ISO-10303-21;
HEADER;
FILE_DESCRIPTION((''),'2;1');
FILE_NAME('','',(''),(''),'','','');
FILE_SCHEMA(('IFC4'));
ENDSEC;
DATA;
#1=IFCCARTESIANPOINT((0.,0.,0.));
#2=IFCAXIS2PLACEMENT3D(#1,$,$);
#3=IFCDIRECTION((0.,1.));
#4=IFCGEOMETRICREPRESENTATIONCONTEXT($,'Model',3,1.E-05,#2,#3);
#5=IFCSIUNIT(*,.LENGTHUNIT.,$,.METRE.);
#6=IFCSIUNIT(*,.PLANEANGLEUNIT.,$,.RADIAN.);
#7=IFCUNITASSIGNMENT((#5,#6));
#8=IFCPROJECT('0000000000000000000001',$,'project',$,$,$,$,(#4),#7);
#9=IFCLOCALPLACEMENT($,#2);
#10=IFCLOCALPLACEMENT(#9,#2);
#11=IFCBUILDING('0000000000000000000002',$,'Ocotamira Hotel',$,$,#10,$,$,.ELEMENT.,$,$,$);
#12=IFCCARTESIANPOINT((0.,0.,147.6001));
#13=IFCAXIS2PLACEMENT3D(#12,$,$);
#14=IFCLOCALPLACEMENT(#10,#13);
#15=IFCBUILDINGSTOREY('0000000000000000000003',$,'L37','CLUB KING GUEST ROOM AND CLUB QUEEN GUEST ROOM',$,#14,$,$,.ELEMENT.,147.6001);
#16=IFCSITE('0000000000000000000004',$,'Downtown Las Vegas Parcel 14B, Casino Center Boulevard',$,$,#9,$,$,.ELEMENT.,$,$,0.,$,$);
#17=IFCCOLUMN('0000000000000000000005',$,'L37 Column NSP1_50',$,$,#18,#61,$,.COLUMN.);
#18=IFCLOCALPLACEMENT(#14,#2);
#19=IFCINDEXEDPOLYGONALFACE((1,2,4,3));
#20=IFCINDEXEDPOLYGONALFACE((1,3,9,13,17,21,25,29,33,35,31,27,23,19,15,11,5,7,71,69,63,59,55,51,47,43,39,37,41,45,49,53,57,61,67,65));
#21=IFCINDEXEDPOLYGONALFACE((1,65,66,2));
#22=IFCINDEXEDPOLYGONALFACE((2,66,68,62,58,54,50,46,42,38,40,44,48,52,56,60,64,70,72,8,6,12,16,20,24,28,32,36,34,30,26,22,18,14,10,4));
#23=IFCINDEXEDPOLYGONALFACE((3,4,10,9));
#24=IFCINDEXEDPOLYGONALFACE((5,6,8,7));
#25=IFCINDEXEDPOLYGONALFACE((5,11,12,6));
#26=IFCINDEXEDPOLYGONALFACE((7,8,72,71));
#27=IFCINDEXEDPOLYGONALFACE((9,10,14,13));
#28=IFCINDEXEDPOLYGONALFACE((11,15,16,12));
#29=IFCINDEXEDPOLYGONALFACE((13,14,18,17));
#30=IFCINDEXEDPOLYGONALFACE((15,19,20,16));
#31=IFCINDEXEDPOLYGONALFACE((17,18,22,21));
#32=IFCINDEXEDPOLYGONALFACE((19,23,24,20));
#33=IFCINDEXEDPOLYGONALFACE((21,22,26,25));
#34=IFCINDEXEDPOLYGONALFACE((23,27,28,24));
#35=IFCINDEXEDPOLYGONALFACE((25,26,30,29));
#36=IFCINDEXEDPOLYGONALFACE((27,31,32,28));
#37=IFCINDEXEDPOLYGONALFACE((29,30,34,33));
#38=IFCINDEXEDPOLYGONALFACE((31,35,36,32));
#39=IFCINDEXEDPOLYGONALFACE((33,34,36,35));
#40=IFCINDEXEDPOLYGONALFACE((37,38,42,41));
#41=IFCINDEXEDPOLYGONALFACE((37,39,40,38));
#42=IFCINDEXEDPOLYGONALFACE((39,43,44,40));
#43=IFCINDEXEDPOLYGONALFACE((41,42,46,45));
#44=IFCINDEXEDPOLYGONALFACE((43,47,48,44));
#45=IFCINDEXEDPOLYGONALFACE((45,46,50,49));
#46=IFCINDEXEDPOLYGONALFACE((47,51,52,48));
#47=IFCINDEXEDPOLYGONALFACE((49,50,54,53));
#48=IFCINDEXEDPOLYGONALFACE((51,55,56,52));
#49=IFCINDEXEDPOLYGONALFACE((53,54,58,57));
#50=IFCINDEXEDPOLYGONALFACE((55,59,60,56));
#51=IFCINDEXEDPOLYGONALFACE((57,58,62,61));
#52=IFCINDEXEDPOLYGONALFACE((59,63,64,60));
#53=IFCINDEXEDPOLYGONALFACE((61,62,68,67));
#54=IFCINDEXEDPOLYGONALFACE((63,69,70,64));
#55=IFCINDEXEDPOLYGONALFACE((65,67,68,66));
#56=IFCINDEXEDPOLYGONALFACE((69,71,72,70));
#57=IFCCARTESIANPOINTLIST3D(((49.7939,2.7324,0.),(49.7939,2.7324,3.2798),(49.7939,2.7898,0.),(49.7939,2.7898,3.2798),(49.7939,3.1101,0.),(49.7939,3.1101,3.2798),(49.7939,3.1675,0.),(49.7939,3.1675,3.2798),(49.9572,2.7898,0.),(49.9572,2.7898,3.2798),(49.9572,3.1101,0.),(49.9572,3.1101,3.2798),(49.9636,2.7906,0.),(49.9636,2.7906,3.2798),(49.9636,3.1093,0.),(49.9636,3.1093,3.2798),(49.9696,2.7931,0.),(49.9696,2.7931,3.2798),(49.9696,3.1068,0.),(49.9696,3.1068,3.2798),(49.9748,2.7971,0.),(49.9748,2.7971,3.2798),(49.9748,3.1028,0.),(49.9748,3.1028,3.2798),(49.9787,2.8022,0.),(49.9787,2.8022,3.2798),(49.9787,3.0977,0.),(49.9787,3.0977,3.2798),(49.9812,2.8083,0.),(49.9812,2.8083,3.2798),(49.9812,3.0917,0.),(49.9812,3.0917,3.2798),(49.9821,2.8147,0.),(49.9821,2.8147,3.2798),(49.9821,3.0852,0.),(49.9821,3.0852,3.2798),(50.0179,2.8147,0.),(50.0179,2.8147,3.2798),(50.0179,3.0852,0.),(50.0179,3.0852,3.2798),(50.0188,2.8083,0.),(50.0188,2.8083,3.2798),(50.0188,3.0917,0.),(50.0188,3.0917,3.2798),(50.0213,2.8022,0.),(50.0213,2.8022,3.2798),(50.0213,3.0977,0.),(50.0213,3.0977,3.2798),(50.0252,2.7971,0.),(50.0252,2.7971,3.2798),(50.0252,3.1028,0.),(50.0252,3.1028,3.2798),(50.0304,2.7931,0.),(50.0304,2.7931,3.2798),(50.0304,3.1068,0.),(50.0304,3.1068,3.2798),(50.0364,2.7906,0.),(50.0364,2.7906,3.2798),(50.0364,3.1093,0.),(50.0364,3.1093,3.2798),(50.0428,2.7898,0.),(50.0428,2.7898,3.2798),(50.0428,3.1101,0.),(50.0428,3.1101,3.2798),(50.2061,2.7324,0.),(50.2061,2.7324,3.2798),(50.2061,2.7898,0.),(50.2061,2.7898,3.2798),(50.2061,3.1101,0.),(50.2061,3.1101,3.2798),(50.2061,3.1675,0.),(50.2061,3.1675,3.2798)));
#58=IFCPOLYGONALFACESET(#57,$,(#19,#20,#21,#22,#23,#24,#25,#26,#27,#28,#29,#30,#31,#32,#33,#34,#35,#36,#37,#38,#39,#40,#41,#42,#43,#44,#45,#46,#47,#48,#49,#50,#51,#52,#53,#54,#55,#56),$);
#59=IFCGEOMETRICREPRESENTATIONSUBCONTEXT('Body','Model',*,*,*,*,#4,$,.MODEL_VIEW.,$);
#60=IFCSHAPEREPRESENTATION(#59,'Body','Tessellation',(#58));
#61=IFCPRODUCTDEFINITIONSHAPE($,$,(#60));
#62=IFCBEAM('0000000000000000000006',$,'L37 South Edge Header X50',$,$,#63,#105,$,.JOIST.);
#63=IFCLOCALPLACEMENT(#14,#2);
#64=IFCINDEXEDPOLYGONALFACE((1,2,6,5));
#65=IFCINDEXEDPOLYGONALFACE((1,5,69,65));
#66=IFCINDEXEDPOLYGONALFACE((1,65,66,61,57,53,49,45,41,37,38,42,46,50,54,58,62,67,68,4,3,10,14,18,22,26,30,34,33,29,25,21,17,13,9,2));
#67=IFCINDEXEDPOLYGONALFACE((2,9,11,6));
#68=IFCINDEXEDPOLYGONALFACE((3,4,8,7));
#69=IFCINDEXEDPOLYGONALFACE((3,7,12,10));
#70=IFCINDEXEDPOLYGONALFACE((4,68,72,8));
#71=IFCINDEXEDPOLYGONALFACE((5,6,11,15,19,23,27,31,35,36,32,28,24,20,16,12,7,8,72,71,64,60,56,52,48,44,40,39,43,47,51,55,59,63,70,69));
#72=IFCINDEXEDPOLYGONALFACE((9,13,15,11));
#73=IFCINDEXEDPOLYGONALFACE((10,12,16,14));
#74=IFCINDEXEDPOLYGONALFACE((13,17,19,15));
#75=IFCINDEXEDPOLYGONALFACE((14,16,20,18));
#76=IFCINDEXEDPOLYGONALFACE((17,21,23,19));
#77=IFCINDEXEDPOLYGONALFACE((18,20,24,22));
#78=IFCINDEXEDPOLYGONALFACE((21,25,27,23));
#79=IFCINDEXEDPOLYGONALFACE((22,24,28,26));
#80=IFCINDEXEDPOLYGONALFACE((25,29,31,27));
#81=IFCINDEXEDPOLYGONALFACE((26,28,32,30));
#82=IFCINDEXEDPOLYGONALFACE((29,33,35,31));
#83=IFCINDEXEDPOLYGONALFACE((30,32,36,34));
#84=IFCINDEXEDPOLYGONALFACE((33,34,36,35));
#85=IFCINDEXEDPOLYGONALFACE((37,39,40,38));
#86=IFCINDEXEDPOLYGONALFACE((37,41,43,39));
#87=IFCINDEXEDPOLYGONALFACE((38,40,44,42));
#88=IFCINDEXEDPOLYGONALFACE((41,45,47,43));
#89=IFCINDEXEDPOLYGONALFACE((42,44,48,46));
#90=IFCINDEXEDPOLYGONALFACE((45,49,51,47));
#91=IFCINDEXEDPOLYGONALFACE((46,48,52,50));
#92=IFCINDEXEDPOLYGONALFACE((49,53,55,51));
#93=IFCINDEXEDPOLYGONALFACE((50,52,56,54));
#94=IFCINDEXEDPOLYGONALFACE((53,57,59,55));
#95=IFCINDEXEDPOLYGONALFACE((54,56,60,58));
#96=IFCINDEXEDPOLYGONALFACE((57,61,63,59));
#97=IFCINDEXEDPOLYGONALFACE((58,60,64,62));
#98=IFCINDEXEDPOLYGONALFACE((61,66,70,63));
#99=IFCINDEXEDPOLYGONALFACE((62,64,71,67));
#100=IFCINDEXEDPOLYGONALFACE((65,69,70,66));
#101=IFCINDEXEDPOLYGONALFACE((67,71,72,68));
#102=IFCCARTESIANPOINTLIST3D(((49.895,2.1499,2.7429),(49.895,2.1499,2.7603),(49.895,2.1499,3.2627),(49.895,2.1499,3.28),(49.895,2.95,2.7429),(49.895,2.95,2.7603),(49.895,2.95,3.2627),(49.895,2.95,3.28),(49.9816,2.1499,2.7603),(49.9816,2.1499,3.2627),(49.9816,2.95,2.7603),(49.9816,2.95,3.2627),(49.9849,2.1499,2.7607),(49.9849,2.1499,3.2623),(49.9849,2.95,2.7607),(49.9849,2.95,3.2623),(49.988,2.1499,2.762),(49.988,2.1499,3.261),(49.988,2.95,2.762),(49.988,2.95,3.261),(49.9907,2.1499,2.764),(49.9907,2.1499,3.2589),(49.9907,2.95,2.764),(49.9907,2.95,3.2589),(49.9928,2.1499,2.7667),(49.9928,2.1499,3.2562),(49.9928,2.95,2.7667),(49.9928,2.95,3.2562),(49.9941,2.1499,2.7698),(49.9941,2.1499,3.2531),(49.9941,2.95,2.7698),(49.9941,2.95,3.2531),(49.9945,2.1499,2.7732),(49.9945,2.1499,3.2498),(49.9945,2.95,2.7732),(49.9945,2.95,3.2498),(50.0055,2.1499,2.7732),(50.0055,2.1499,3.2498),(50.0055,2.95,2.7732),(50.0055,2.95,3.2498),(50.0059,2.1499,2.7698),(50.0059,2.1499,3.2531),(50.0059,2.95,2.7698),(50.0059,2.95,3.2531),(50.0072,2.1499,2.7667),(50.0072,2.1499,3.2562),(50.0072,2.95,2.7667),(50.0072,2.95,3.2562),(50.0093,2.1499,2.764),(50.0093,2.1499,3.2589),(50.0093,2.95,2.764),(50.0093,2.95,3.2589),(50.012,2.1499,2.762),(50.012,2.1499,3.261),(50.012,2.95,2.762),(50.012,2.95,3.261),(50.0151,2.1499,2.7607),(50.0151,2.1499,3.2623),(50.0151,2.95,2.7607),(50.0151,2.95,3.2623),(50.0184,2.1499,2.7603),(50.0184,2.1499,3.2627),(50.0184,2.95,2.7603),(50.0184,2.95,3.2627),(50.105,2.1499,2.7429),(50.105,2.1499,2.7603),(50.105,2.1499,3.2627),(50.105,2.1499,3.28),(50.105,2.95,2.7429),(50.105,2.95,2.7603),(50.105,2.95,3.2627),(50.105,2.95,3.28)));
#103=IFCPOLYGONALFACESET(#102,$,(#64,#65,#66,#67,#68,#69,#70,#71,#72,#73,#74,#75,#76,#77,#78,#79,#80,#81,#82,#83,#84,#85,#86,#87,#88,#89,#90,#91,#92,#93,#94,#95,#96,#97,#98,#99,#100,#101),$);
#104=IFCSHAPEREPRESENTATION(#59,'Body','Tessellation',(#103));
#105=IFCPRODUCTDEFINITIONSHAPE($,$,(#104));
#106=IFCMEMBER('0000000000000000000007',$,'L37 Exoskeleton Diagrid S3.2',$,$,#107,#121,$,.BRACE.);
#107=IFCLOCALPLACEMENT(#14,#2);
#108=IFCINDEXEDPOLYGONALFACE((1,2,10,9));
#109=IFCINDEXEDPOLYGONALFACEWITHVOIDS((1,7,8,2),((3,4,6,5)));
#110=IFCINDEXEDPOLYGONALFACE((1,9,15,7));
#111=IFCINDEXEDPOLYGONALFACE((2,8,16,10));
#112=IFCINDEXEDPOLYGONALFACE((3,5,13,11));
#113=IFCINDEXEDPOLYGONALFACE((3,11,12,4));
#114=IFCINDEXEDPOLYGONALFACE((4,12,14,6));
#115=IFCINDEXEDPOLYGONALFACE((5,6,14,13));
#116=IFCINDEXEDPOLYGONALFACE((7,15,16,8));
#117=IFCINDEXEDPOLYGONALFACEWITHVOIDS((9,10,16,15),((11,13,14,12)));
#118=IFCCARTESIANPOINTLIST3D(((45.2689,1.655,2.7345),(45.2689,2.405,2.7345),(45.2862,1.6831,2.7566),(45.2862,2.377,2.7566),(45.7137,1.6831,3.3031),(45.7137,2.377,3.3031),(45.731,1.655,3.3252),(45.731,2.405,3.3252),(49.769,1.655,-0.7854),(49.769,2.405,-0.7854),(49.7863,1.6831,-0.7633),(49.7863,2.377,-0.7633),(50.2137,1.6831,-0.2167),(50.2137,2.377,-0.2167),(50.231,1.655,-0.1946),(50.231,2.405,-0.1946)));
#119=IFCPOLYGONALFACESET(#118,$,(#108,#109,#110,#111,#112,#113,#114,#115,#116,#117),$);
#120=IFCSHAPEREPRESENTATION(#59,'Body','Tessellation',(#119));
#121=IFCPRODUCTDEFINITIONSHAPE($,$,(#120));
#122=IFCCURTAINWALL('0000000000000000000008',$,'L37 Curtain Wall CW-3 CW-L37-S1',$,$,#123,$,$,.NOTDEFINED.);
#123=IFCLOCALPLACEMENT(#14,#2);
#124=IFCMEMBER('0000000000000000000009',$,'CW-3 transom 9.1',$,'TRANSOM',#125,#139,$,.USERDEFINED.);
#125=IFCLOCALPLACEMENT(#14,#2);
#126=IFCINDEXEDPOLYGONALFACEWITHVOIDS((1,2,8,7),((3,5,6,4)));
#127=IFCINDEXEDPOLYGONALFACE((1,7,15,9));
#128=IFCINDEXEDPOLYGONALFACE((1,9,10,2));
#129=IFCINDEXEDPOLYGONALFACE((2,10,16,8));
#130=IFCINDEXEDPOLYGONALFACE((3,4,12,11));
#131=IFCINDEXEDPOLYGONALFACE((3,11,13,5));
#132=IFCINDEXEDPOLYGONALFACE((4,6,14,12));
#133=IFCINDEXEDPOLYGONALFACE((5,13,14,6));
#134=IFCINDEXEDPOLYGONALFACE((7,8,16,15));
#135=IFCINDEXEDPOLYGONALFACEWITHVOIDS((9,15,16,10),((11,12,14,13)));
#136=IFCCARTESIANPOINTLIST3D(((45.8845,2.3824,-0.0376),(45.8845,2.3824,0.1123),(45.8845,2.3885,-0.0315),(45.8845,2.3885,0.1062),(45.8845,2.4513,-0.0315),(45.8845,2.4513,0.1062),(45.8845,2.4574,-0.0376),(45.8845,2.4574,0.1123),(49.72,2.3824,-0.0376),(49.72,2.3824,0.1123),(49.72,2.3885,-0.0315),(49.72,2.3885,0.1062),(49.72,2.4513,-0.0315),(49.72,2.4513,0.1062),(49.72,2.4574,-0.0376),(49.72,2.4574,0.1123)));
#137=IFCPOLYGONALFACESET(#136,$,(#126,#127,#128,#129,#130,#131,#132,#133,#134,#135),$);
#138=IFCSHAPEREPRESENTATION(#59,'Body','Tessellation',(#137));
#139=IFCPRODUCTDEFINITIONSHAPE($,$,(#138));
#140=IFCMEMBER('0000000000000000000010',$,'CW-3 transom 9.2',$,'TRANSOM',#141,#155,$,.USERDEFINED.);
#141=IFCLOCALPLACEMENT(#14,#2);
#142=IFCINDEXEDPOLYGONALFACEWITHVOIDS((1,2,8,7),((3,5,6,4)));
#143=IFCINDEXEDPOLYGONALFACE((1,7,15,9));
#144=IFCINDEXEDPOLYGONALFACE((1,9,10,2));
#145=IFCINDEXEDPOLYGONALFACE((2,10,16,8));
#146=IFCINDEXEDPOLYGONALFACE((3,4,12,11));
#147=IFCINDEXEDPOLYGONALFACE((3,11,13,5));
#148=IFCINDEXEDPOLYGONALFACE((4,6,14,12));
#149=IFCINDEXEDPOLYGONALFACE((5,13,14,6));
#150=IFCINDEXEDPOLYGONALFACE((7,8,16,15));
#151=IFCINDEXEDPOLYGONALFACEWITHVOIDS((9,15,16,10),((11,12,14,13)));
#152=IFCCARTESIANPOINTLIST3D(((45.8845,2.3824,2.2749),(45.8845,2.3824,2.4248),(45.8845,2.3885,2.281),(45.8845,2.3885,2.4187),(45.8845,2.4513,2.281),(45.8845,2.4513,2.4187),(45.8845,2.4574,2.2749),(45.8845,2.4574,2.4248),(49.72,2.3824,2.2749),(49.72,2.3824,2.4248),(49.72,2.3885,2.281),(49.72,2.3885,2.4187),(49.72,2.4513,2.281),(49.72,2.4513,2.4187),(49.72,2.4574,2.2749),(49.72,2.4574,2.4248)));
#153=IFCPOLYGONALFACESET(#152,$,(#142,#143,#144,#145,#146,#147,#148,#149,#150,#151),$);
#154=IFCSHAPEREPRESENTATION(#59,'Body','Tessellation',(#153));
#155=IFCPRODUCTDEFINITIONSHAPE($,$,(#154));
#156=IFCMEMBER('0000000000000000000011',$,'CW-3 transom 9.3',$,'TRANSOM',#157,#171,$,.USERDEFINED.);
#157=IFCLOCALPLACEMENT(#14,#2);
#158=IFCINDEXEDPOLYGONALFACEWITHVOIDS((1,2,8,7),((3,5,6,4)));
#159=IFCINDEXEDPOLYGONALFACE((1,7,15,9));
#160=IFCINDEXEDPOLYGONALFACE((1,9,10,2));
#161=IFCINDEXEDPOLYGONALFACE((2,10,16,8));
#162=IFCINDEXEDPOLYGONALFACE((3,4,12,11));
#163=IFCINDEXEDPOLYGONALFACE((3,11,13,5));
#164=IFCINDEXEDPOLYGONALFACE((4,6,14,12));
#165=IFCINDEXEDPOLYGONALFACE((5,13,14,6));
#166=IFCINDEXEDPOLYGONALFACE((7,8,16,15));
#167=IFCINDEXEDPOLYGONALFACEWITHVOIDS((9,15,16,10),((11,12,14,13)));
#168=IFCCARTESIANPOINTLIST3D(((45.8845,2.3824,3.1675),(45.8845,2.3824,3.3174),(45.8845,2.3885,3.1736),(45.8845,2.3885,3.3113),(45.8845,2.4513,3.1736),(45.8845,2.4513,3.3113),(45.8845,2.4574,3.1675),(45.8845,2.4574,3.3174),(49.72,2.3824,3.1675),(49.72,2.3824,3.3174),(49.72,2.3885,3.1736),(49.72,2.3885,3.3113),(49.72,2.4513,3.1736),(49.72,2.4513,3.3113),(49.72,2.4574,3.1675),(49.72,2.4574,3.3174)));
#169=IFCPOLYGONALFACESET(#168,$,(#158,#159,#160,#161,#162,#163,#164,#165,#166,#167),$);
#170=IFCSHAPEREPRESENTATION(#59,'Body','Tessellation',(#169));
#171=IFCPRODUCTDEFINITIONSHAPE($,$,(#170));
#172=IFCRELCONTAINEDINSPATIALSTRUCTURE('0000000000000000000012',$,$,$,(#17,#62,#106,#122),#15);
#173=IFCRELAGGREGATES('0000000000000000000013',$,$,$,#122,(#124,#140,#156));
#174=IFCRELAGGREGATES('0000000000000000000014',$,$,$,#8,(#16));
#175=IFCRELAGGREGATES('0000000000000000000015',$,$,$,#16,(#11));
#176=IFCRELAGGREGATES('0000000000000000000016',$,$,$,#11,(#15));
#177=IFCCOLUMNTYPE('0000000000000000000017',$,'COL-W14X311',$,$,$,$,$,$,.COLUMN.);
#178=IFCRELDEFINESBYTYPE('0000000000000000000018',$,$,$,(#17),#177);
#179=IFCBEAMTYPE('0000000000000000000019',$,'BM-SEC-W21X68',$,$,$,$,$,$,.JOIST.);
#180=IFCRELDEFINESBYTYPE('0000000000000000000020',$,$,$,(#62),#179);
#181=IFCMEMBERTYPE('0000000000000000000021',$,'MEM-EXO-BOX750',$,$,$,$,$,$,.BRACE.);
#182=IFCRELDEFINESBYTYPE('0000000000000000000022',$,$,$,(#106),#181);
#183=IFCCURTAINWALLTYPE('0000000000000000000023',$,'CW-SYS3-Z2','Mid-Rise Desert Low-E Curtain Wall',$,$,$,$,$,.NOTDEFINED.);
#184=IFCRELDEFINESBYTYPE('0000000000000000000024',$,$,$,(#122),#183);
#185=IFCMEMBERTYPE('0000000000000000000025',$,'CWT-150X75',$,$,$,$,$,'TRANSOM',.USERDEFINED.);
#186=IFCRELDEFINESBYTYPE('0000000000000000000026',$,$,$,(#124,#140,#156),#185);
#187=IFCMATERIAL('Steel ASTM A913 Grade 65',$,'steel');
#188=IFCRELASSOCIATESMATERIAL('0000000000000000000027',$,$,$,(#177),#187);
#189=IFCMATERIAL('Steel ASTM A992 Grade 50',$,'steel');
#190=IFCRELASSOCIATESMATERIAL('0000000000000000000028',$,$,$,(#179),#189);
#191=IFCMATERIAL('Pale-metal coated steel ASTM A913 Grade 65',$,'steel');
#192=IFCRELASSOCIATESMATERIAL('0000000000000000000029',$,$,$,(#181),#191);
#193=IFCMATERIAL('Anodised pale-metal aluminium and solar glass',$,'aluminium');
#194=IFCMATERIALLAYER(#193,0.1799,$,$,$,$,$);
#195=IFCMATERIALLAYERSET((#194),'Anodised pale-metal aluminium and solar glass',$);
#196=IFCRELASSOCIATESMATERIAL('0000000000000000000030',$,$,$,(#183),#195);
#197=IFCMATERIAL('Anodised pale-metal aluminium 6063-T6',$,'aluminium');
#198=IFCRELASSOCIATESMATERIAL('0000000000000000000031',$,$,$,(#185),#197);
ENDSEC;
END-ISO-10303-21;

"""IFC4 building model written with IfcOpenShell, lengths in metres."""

from ifc_helpers import new_model, si_unit, direction, frame, origin, origin_2d, place, context, subcontext, project, spatial, hollow_rectangle, i_section, extrude, source, transform, mapped, material, layer, layer_set, material_profile, profile_set, type_object, element, aggregate, save


model = new_model("IFC4")

# Units and contexts
model_context = context("Model", 3, precision=1e-05, world=origin(), true_north=direction((0.0, 1.0)))
body_context = subcontext(model_context, "Body", "Model", "MODEL_VIEW")
ifc_project = project(units=[si_unit("LENGTHUNIT", "METRE"), si_unit("PLANEANGLEUNIT", "RADIAN")], contexts=[model_context])

# Site, building, storey
site_placement = place(None, origin())
site = spatial("IfcSite", under=ifc_project, at=site_placement, Name="Downtown Las Vegas Parcel 14B, Casino Center Boulevard", CompositionType="ELEMENT", RefElevation=0.0)
building_placement = place(site_placement, origin())
building = spatial("IfcBuilding", under=site, at=building_placement, Name="Ocotamira Hotel", CompositionType="ELEMENT")
storey_placement = place(building_placement, frame((0.0, 0.0, 147.6001)))
storey = spatial("IfcBuildingStorey", under=building, at=storey_placement, Name="L37", Description="CLUB KING GUEST ROOM AND CLUB QUEEN GUEST ROOM", CompositionType="ELEMENT", Elevation=147.6001)

# Column
ifc_material_1 = material(Name="Steel ASTM A913 Grade 65", Category="steel")
ifc_material_profile_1 = material_profile(ifc_material_1, i_section(OverallWidth=0.4121, OverallDepth=0.4351, WebThickness=0.0359, FlangeThickness=0.0574, FilletRadius=0.0249, at=origin_2d()), Name="W14X311")
ifc_profile_set_1 = profile_set([ifc_material_profile_1], Name="Steel ASTM A913 Grade 65")
column_type = type_object("IfcColumnType", Name="COL-W14X311", PredefinedType="COLUMN", material=ifc_profile_set_1)
shared_shape_1 = source(origin(), body_context, "Body", "SweptSolid", [
    extrude(i_section(OverallWidth=0.4121, OverallDepth=0.4351, WebThickness=0.0359, FlangeThickness=0.0574, FilletRadius=0.0249, at=origin_2d()), origin(), (0.0, 0.0, 1.0), 3.2798),
])
column_placement = place(storey_placement, frame((50.0, 2.95, 0.0), z_axis=(0.0, 0.0, 1.0), x_axis=(1.0, 0.0, 0.0)))
element("IfcColumn", 1, at=column_placement, inside=storey, type_object=column_type, Name="L37 Column NSP1_50", PredefinedType="COLUMN", context=body_context, shape_type="MappedRepresentation", body=[
    mapped(shared_shape_1, transform((0.0, 0.0, 0.0), scale=1.0)),
])

# Beam
ifc_material_2 = material(Name="Steel ASTM A992 Grade 50", Category="steel")
ifc_material_profile_2 = material_profile(ifc_material_2, i_section(OverallWidth=0.21, OverallDepth=0.5371, WebThickness=0.011, FlangeThickness=0.0173, FilletRadius=0.0129, at=origin_2d()), Name="W21X68")
ifc_profile_set_2 = profile_set([ifc_material_profile_2], Name="Steel ASTM A992 Grade 50")
beam_type = type_object("IfcBeamType", Name="BM-SEC-W21X68", PredefinedType="JOIST", material=ifc_profile_set_2)
shared_shape_2 = source(origin(), body_context, "Body", "SweptSolid", [
    extrude(i_section(OverallWidth=0.21, OverallDepth=0.5371, WebThickness=0.011, FlangeThickness=0.0173, FilletRadius=0.0129, at=origin_2d()), origin(), (0.0, 0.0, 1.0), 0.8),
])
beam_placement = place(storey_placement, frame((50.0, 2.95, 3.0115), z_axis=(0.0, -1.0, 0.0), x_axis=(1.0, 0.0, 0.0)))
element("IfcBeam", 2, at=beam_placement, inside=storey, type_object=beam_type, Name="L37 South Edge Header X50", PredefinedType="JOIST", context=body_context, shape_type="MappedRepresentation", body=[
    mapped(shared_shape_2, transform((0.0, 0.0, 0.0), scale=1.0)),
])

# Member
ifc_material_3 = material(Name="Pale-metal coated steel ASTM A913 Grade 65", Category="steel")
ifc_material_profile_3 = material_profile(ifc_material_3, hollow_rectangle(XDim=0.75, YDim=0.75, WallThickness=0.0281, at=origin_2d()), Name="BOX750X750X28")
ifc_profile_set_3 = profile_set([ifc_material_profile_3], Name="Pale-metal coated steel ASTM A913 Grade 65")
member_type_1 = type_object("IfcMemberType", Name="MEM-EXO-BOX750", PredefinedType="BRACE", material=ifc_profile_set_3)
shared_shape_3 = source(origin(), body_context, "Body", "SweptSolid", [
    extrude(hollow_rectangle(XDim=0.75, YDim=0.75, WallThickness=0.0281, at=origin_2d()), origin(), (0.0, 0.0, 1.0), 5.7131),
])
member_1_placement = place(storey_placement, frame((50.0, 2.03, -0.49), z_axis=(-0.787672, 0.0, 0.616095), x_axis=(0.0, -1.0, 0.0)))
element("IfcMember", 3, at=member_1_placement, inside=storey, type_object=member_type_1, Name="L37 Exoskeleton Diagrid S3.2", PredefinedType="BRACE", context=body_context, shape_type="MappedRepresentation", body=[
    mapped(shared_shape_3, transform((0.0, 0.0, 0.0), scale=1.0)),
])

# Curtain wall, members
ifc_material_4 = material(Name="Anodised pale-metal aluminium and solar glass", Category="aluminium")
ifc_layer_1 = layer(ifc_material_4, 0.1799)
ifc_layer_set_1 = layer_set([ifc_layer_1], Name="Anodised pale-metal aluminium and solar glass")
curtain_wall_type = type_object("IfcCurtainWallType", Name="CW-SYS3-Z2", Description="Mid-Rise Desert Low-E Curtain Wall", PredefinedType="NOTDEFINED", material=ifc_layer_set_1)
curtain_wall_placement = place(storey_placement, origin())
curtain_wall = element("IfcCurtainWall", 4, at=curtain_wall_placement, inside=storey, type_object=curtain_wall_type, Name="L37 Curtain Wall CW-3 CW-L37-S1", PredefinedType="NOTDEFINED")
ifc_material_5 = material(Name="Anodised pale-metal aluminium 6063-T6", Category="aluminium")
ifc_material_profile_4 = material_profile(ifc_material_5, hollow_rectangle(XDim=0.075, YDim=0.1499, WallThickness=0.0061, at=origin_2d()), Name="HSS150X75X6")
ifc_profile_set_4 = profile_set([ifc_material_profile_4], Name="Anodised pale-metal aluminium 6063-T6")
member_type_2 = type_object("IfcMemberType", Name="CWT-150X75", ElementType="TRANSOM", PredefinedType="USERDEFINED", material=ifc_profile_set_4)
shared_shape_4 = source(origin(), body_context, "Body", "SweptSolid", [
    extrude(hollow_rectangle(XDim=0.075, YDim=0.1499, WallThickness=0.0061, at=origin_2d()), origin(), (0.0, 0.0, 1.0), 3.8354),
])
member_2_placement = place(storey_placement, frame((45.8845, 2.4199, 0.0374), z_axis=(1.0, 0.0, 0.0), x_axis=(0.0, 1.0, 0.0)))
member_2 = element("IfcMember", 5, at=member_2_placement, type_object=member_type_2, Name="CW-3 transom 9.1", ObjectType="TRANSOM", PredefinedType="USERDEFINED", context=body_context, shape_type="MappedRepresentation", body=[
    mapped(shared_shape_4, transform((0.0, 0.0, 0.0), scale=1.0)),
])
member_3_placement = place(storey_placement, frame((45.8845, 2.4199, 2.3499), z_axis=(1.0, 0.0, 0.0), x_axis=(0.0, 1.0, 0.0)))
member_3 = element("IfcMember", 6, at=member_3_placement, type_object=member_type_2, Name="CW-3 transom 9.2", ObjectType="TRANSOM", PredefinedType="USERDEFINED", context=body_context, shape_type="MappedRepresentation", body=[
    mapped(shared_shape_4, transform((0.0, 0.0, 0.0), scale=1.0)),
])
member_4_placement = place(storey_placement, frame((45.8845, 2.4199, 3.2424), z_axis=(1.0, 0.0, 0.0), x_axis=(0.0, 1.0, 0.0)))
member_4 = element("IfcMember", 7, at=member_4_placement, type_object=member_type_2, Name="CW-3 transom 9.3", ObjectType="TRANSOM", PredefinedType="USERDEFINED", context=body_context, shape_type="MappedRepresentation", body=[
    mapped(shared_shape_4, transform((0.0, 0.0, 0.0), scale=1.0)),
])

aggregate(curtain_wall, [member_2, member_3, member_4])

save(model, "model.ifc")
